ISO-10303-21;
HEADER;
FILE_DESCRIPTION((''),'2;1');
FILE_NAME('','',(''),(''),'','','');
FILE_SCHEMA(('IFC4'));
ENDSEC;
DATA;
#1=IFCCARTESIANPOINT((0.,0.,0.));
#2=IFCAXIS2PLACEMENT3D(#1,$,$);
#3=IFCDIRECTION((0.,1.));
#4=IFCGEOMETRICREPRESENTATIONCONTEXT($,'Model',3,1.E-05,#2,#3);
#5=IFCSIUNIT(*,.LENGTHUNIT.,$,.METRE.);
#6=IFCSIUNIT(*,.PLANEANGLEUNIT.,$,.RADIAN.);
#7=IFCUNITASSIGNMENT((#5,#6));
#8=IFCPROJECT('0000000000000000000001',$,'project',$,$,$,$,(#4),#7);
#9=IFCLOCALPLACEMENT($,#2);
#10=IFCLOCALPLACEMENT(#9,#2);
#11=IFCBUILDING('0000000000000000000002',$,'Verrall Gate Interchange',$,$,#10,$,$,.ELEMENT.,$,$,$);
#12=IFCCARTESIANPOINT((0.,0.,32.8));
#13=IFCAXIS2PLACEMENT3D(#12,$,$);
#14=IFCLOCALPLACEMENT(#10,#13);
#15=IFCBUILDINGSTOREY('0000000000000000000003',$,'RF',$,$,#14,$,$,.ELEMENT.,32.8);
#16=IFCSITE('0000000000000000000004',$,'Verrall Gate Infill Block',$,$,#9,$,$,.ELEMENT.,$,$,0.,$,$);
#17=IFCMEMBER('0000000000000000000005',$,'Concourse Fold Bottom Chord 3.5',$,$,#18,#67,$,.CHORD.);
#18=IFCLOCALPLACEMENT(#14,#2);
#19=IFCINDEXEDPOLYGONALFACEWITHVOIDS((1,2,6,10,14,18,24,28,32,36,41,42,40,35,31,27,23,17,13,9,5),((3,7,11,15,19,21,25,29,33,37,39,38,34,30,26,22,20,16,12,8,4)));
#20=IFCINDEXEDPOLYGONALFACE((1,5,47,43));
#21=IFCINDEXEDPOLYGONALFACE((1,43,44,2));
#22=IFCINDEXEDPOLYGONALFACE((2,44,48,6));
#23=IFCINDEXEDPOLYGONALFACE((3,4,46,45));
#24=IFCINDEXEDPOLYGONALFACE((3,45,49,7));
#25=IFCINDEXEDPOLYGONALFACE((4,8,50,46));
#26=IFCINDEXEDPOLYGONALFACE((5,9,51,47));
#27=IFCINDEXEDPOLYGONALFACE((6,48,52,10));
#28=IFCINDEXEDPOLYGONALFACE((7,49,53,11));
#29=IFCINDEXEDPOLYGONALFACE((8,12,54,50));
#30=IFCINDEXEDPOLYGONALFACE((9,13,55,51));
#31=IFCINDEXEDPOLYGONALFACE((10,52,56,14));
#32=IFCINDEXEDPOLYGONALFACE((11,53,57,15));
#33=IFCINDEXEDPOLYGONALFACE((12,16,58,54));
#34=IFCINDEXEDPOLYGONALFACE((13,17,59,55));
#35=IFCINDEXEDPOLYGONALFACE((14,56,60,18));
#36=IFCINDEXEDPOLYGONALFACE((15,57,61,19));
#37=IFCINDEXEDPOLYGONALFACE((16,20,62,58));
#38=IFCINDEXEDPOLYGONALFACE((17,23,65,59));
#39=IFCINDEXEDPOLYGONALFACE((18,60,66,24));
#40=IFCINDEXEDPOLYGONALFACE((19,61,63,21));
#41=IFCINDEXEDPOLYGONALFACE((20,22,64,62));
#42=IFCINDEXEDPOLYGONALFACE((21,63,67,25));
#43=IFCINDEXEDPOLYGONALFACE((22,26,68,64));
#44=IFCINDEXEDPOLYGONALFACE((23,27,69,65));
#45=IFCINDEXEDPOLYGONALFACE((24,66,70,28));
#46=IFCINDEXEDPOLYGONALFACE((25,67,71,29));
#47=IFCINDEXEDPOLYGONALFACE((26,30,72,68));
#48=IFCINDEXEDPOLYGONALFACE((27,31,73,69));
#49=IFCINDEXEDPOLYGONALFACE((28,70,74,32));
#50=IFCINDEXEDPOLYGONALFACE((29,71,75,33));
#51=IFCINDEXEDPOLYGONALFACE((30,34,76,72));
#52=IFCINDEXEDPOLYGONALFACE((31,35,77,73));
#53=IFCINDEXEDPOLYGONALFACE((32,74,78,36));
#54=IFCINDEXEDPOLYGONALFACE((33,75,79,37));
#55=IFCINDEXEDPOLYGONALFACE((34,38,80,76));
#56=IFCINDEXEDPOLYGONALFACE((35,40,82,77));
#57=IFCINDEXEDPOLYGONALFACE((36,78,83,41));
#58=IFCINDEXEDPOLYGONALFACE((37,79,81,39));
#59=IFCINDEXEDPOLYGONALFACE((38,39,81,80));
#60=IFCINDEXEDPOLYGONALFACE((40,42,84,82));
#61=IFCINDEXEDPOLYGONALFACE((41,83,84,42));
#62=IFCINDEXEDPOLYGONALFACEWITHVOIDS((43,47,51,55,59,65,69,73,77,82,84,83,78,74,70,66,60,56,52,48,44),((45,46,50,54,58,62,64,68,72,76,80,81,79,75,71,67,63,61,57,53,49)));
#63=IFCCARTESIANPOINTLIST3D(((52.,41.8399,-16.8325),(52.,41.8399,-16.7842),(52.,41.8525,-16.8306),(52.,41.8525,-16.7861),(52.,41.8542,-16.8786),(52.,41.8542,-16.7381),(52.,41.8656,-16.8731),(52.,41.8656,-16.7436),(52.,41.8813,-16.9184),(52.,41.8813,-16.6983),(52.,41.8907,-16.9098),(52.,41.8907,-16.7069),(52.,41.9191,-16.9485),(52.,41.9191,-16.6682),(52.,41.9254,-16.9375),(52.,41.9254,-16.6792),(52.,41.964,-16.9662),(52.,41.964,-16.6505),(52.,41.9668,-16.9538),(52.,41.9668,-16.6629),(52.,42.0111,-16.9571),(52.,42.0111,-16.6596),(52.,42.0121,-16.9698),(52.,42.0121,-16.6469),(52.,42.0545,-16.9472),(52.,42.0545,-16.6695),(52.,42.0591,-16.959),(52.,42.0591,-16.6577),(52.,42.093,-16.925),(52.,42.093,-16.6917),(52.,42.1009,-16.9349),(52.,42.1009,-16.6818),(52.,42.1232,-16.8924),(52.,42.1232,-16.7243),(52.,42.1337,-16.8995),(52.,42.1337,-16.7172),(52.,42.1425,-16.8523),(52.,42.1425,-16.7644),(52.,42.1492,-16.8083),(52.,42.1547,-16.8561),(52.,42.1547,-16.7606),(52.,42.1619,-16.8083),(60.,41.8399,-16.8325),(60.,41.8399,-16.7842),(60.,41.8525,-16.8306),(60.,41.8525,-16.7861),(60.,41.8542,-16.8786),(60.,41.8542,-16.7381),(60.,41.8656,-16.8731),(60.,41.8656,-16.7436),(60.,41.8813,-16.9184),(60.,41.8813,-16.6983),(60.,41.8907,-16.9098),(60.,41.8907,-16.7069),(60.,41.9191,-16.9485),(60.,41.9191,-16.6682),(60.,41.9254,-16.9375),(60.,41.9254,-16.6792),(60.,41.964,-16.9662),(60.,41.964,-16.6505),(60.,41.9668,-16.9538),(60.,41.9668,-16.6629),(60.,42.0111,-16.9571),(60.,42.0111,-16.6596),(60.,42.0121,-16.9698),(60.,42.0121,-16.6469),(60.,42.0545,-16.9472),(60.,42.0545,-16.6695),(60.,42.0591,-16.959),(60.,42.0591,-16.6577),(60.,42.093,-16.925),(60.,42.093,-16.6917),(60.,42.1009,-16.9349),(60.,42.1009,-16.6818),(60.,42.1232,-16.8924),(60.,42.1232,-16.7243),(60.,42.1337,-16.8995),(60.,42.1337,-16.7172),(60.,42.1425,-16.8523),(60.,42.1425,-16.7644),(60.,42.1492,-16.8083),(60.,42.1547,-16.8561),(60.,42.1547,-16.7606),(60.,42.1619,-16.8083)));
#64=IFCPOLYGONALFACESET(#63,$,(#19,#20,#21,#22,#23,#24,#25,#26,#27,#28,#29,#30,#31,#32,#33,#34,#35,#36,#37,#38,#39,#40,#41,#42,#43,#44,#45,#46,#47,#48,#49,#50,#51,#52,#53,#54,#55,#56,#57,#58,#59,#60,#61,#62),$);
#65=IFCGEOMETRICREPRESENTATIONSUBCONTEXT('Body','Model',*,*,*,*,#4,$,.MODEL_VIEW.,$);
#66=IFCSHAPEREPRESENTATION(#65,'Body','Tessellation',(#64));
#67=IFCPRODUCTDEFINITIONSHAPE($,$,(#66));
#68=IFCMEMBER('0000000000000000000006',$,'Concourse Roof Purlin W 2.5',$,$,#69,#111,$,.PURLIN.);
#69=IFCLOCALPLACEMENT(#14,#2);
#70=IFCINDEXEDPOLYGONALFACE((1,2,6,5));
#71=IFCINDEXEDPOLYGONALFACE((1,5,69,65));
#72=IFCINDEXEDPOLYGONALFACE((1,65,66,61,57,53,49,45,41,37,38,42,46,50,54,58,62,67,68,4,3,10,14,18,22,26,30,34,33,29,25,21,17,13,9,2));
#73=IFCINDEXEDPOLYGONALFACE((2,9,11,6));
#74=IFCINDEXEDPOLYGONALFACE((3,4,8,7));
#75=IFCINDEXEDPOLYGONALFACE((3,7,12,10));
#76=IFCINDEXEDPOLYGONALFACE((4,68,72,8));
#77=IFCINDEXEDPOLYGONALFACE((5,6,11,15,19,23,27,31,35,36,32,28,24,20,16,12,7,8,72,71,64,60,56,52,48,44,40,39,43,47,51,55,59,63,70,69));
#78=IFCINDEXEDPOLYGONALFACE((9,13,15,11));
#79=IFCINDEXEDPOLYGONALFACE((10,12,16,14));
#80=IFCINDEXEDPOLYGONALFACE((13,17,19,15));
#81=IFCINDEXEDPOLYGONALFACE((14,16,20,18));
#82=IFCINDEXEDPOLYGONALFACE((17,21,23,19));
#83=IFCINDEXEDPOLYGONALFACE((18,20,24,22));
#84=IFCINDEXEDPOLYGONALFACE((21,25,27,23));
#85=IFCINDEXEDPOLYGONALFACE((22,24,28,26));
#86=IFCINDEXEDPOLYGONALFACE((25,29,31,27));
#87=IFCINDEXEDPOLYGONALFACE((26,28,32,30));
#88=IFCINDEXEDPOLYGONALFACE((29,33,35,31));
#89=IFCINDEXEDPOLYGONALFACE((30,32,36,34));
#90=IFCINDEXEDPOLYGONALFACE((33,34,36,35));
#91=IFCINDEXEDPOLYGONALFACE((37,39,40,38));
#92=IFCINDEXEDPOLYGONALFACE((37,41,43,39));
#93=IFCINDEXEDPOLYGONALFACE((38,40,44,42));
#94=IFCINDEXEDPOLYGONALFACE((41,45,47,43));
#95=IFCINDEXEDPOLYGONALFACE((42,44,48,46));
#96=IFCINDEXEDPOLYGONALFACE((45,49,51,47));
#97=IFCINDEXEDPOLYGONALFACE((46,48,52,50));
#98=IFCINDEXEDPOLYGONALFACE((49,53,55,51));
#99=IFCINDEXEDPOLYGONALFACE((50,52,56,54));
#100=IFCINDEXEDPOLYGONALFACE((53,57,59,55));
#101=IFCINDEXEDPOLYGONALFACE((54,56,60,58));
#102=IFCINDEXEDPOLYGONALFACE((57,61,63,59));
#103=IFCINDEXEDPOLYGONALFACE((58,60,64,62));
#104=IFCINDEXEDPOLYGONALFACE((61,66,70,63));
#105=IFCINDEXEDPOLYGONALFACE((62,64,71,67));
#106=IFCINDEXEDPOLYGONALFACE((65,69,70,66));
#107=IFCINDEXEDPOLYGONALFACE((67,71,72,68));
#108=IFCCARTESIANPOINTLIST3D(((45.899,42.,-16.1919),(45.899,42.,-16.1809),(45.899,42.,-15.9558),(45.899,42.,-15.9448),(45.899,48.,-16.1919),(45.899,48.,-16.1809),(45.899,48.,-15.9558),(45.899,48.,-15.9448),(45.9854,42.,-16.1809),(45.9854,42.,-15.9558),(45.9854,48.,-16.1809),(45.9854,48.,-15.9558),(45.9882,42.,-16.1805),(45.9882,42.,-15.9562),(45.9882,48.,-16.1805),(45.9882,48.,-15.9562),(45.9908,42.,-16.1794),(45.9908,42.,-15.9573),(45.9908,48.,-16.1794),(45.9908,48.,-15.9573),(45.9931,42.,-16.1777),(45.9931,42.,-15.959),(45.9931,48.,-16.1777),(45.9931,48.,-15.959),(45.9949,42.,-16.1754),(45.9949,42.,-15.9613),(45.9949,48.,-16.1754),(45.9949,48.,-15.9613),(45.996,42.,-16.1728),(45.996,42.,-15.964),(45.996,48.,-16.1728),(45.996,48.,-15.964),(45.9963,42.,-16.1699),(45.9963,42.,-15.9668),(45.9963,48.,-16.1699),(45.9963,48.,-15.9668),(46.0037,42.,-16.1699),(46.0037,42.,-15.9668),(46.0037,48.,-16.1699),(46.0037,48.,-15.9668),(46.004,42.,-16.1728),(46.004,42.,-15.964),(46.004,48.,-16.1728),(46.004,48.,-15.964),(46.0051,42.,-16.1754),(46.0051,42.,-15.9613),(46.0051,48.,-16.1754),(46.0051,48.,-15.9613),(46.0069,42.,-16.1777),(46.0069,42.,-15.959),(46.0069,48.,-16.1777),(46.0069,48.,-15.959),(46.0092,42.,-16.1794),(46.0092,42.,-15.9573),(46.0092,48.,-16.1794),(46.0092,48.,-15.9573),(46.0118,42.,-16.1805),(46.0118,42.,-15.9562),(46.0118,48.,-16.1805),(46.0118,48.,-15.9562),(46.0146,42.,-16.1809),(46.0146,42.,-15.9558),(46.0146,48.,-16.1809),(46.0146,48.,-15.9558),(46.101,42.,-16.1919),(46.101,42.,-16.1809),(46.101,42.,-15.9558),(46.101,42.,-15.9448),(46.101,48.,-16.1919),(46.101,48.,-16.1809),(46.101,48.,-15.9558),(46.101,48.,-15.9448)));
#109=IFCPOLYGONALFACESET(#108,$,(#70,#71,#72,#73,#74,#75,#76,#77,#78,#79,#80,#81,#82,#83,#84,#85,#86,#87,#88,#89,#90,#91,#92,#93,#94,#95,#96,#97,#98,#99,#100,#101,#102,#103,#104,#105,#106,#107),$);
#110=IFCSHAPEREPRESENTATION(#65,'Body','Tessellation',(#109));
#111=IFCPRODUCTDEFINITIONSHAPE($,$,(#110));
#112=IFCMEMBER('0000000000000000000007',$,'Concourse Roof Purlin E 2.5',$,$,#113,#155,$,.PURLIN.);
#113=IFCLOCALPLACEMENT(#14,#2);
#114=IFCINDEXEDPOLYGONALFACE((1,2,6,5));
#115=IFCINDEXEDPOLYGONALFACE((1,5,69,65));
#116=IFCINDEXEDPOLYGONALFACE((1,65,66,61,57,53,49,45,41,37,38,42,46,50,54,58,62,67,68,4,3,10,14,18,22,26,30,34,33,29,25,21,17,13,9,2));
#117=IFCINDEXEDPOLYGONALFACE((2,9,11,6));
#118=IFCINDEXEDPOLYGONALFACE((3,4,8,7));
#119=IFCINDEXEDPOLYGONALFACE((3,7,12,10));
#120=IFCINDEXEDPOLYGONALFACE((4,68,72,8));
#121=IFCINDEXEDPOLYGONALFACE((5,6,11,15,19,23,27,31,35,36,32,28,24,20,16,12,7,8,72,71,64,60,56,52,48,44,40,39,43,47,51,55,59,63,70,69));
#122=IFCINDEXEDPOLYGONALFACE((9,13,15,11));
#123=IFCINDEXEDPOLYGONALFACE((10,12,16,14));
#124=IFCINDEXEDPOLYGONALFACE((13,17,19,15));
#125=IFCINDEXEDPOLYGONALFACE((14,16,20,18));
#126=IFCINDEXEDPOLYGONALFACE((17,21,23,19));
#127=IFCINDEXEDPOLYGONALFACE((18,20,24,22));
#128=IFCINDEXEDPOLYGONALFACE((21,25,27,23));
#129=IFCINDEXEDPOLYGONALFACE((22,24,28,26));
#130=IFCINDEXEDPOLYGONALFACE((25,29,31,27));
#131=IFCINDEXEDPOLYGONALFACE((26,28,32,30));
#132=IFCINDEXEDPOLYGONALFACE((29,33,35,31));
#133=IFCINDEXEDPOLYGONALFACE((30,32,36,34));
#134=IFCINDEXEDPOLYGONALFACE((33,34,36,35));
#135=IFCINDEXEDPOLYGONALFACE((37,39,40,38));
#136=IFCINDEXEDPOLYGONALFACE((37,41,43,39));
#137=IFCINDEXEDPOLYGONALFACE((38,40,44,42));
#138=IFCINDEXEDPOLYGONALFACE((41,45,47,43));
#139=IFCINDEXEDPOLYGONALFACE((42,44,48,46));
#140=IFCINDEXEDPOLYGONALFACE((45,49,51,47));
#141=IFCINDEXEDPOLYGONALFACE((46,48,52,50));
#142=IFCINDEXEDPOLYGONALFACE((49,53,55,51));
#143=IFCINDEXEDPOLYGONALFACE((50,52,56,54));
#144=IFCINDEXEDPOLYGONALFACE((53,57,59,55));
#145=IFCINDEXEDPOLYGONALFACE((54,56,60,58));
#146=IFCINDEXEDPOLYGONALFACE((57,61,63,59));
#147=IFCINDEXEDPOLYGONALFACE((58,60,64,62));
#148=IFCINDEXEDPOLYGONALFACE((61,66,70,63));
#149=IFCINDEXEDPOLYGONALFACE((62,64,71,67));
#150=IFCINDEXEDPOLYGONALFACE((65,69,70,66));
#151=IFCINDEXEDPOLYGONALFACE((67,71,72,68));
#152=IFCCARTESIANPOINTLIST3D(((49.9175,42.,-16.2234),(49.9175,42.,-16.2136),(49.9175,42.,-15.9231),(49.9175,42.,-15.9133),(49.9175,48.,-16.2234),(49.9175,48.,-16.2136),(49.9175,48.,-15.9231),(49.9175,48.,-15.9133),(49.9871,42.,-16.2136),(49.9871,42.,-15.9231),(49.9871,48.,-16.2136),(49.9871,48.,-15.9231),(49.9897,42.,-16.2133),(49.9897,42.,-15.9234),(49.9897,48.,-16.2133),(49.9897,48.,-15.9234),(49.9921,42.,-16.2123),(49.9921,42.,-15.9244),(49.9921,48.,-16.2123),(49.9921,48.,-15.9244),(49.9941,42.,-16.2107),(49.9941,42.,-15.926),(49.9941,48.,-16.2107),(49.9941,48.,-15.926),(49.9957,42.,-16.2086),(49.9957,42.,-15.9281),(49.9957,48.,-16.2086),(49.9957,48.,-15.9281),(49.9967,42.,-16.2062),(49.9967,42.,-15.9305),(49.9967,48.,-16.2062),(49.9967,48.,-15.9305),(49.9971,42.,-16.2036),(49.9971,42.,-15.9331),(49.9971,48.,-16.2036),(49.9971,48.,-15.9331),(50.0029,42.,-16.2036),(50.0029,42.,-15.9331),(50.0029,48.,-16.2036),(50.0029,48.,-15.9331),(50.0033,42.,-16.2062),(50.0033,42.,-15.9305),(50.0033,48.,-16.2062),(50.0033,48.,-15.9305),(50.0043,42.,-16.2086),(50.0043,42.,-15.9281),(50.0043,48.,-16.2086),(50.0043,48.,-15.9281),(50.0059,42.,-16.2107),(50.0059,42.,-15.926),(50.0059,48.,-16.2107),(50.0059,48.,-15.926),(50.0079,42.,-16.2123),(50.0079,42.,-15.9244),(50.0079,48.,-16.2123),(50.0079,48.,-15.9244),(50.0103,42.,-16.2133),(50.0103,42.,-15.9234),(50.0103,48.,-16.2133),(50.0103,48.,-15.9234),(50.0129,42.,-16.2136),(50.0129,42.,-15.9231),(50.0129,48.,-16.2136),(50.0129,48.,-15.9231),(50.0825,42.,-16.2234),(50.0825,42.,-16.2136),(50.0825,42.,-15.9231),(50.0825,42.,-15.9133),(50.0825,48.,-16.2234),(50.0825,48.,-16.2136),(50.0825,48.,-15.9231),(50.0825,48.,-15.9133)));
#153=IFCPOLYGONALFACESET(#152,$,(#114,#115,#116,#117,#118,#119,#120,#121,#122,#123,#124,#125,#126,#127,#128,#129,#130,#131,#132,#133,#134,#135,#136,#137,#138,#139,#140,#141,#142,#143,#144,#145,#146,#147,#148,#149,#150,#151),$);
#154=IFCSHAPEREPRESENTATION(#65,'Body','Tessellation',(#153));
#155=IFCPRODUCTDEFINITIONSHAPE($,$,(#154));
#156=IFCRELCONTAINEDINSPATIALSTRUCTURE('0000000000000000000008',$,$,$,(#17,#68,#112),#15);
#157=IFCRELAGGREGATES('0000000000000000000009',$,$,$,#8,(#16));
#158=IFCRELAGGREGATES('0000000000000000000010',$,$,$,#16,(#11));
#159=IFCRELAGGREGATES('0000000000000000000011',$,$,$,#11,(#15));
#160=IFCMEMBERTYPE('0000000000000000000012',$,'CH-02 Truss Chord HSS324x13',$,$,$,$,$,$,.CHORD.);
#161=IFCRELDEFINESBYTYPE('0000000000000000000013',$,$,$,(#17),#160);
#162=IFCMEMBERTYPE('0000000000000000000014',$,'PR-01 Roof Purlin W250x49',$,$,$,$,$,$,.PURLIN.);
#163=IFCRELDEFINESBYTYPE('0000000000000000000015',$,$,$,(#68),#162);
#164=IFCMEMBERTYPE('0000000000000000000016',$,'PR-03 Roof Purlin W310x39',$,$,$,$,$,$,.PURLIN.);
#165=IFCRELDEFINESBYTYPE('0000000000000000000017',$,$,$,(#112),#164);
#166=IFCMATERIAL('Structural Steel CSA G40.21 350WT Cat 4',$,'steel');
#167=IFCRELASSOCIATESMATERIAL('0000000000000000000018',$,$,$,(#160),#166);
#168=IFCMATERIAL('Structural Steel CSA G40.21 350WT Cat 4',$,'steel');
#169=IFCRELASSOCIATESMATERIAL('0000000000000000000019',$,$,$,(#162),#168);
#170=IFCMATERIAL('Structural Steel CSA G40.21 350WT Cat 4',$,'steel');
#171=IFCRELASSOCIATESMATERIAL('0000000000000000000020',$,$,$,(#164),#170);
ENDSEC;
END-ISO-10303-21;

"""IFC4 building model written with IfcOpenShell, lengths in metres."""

from ifc_helpers import new_model, si_unit, direction, frame, origin, origin_2d, place, context, subcontext, project, spatial, hollow_circle, i_section, extrude, material, material_profile, profile_set, type_object, element, save


model = new_model("IFC4")

# Units and contexts
model_context = context("Model", 3, precision=1e-05, world=origin(), true_north=direction((0.0, 1.0)))
body_context = subcontext(model_context, "Body", "Model", "MODEL_VIEW")
ifc_project = project(units=[si_unit("LENGTHUNIT", "METRE"), si_unit("PLANEANGLEUNIT", "RADIAN")], contexts=[model_context])

# Site, building, storey
site_placement = place(None, origin())
site = spatial("IfcSite", under=ifc_project, at=site_placement, Name="Verrall Gate Infill Block", CompositionType="ELEMENT", RefElevation=0.0)
building_placement = place(site_placement, origin())
building = spatial("IfcBuilding", under=site, at=building_placement, Name="Verrall Gate Interchange", CompositionType="ELEMENT")
storey_placement = place(building_placement, frame((0.0, 0.0, 32.8)))
storey = spatial("IfcBuildingStorey", under=building, at=storey_placement, Name="RF", CompositionType="ELEMENT", Elevation=32.8)

# Members
ifc_material_1 = material(Name="Structural Steel CSA G40.21 350WT Cat 4", Category="steel")
ifc_material_profile_1 = material_profile(ifc_material_1, hollow_circle(Radius=0.1619, WallThickness=0.0127, at=origin_2d()), Name="HSS324x13")
ifc_profile_set_1 = profile_set([ifc_material_profile_1], Name="Structural Steel CSA G40.21 350WT Cat 4")
member_type_1 = type_object("IfcMemberType", Name="CH-02 Truss Chord HSS324x13", PredefinedType="CHORD", material=ifc_profile_set_1)
member_1_placement = place(storey_placement, frame((52.0, 42.0, -16.8083), z_axis=(1.0, 0.0, 0.0), x_axis=(0.0, 1.0, 0.0)))
element("IfcMember", 1, at=member_1_placement, inside=storey, type_object=member_type_1, Name="Concourse Fold Bottom Chord 3.5", PredefinedType="CHORD", context=body_context, shape_type="SweptSolid", body=[
    extrude(hollow_circle(Radius=0.1619, WallThickness=0.0127, at=origin_2d()), origin(), (0.0, 0.0, 1.0), 8.0),
])
ifc_material_2 = material(Name="Structural Steel CSA G40.21 350WT Cat 4", Category="steel")
ifc_material_profile_2 = material_profile(ifc_material_2, i_section(OverallWidth=0.2019, OverallDepth=0.2471, WebThickness=0.0073, FlangeThickness=0.011, FilletRadius=0.011, at=origin_2d()), Name="W250x49")
ifc_profile_set_2 = profile_set([ifc_material_profile_2], Name="Structural Steel CSA G40.21 350WT Cat 4")
member_type_2 = type_object("IfcMemberType", Name="PR-01 Roof Purlin W250x49", PredefinedType="PURLIN", material=ifc_profile_set_2)
member_2_placement = place(storey_placement, frame((46.0, 42.0, -16.0684), z_axis=(0.0, 1.0, 0.0), x_axis=(-1.0, 0.0, 0.0)))
element("IfcMember", 2, at=member_2_placement, inside=storey, type_object=member_type_2, Name="Concourse Roof Purlin W 2.5", PredefinedType="PURLIN", context=body_context, shape_type="SweptSolid", body=[
    extrude(i_section(OverallWidth=0.2019, OverallDepth=0.2471, WebThickness=0.0073, FlangeThickness=0.011, FilletRadius=0.011, at=origin_2d()), origin(), (0.0, 0.0, 1.0), 6.0),
])
ifc_material_3 = material(Name="Structural Steel CSA G40.21 350WT Cat 4", Category="steel")
ifc_material_profile_3 = material_profile(ifc_material_3, i_section(OverallWidth=0.165, OverallDepth=0.3101, WebThickness=0.0059, FlangeThickness=0.0098, FilletRadius=0.01, at=origin_2d()), Name="W310x39")
ifc_profile_set_3 = profile_set([ifc_material_profile_3], Name="Structural Steel CSA G40.21 350WT Cat 4")
member_type_3 = type_object("IfcMemberType", Name="PR-03 Roof Purlin W310x39", PredefinedType="PURLIN", material=ifc_profile_set_3)
member_3_placement = place(storey_placement, frame((50.0, 42.0, -16.0684), z_axis=(0.0, 1.0, 0.0), x_axis=(-1.0, 0.0, 0.0)))
element("IfcMember", 3, at=member_3_placement, inside=storey, type_object=member_type_3, Name="Concourse Roof Purlin E 2.5", PredefinedType="PURLIN", context=body_context, shape_type="SweptSolid", body=[
    extrude(i_section(OverallWidth=0.165, OverallDepth=0.3101, WebThickness=0.0059, FlangeThickness=0.0098, FilletRadius=0.01, at=origin_2d()), origin(), (0.0, 0.0, 1.0), 6.0),
])

save(model, "model.ifc")
